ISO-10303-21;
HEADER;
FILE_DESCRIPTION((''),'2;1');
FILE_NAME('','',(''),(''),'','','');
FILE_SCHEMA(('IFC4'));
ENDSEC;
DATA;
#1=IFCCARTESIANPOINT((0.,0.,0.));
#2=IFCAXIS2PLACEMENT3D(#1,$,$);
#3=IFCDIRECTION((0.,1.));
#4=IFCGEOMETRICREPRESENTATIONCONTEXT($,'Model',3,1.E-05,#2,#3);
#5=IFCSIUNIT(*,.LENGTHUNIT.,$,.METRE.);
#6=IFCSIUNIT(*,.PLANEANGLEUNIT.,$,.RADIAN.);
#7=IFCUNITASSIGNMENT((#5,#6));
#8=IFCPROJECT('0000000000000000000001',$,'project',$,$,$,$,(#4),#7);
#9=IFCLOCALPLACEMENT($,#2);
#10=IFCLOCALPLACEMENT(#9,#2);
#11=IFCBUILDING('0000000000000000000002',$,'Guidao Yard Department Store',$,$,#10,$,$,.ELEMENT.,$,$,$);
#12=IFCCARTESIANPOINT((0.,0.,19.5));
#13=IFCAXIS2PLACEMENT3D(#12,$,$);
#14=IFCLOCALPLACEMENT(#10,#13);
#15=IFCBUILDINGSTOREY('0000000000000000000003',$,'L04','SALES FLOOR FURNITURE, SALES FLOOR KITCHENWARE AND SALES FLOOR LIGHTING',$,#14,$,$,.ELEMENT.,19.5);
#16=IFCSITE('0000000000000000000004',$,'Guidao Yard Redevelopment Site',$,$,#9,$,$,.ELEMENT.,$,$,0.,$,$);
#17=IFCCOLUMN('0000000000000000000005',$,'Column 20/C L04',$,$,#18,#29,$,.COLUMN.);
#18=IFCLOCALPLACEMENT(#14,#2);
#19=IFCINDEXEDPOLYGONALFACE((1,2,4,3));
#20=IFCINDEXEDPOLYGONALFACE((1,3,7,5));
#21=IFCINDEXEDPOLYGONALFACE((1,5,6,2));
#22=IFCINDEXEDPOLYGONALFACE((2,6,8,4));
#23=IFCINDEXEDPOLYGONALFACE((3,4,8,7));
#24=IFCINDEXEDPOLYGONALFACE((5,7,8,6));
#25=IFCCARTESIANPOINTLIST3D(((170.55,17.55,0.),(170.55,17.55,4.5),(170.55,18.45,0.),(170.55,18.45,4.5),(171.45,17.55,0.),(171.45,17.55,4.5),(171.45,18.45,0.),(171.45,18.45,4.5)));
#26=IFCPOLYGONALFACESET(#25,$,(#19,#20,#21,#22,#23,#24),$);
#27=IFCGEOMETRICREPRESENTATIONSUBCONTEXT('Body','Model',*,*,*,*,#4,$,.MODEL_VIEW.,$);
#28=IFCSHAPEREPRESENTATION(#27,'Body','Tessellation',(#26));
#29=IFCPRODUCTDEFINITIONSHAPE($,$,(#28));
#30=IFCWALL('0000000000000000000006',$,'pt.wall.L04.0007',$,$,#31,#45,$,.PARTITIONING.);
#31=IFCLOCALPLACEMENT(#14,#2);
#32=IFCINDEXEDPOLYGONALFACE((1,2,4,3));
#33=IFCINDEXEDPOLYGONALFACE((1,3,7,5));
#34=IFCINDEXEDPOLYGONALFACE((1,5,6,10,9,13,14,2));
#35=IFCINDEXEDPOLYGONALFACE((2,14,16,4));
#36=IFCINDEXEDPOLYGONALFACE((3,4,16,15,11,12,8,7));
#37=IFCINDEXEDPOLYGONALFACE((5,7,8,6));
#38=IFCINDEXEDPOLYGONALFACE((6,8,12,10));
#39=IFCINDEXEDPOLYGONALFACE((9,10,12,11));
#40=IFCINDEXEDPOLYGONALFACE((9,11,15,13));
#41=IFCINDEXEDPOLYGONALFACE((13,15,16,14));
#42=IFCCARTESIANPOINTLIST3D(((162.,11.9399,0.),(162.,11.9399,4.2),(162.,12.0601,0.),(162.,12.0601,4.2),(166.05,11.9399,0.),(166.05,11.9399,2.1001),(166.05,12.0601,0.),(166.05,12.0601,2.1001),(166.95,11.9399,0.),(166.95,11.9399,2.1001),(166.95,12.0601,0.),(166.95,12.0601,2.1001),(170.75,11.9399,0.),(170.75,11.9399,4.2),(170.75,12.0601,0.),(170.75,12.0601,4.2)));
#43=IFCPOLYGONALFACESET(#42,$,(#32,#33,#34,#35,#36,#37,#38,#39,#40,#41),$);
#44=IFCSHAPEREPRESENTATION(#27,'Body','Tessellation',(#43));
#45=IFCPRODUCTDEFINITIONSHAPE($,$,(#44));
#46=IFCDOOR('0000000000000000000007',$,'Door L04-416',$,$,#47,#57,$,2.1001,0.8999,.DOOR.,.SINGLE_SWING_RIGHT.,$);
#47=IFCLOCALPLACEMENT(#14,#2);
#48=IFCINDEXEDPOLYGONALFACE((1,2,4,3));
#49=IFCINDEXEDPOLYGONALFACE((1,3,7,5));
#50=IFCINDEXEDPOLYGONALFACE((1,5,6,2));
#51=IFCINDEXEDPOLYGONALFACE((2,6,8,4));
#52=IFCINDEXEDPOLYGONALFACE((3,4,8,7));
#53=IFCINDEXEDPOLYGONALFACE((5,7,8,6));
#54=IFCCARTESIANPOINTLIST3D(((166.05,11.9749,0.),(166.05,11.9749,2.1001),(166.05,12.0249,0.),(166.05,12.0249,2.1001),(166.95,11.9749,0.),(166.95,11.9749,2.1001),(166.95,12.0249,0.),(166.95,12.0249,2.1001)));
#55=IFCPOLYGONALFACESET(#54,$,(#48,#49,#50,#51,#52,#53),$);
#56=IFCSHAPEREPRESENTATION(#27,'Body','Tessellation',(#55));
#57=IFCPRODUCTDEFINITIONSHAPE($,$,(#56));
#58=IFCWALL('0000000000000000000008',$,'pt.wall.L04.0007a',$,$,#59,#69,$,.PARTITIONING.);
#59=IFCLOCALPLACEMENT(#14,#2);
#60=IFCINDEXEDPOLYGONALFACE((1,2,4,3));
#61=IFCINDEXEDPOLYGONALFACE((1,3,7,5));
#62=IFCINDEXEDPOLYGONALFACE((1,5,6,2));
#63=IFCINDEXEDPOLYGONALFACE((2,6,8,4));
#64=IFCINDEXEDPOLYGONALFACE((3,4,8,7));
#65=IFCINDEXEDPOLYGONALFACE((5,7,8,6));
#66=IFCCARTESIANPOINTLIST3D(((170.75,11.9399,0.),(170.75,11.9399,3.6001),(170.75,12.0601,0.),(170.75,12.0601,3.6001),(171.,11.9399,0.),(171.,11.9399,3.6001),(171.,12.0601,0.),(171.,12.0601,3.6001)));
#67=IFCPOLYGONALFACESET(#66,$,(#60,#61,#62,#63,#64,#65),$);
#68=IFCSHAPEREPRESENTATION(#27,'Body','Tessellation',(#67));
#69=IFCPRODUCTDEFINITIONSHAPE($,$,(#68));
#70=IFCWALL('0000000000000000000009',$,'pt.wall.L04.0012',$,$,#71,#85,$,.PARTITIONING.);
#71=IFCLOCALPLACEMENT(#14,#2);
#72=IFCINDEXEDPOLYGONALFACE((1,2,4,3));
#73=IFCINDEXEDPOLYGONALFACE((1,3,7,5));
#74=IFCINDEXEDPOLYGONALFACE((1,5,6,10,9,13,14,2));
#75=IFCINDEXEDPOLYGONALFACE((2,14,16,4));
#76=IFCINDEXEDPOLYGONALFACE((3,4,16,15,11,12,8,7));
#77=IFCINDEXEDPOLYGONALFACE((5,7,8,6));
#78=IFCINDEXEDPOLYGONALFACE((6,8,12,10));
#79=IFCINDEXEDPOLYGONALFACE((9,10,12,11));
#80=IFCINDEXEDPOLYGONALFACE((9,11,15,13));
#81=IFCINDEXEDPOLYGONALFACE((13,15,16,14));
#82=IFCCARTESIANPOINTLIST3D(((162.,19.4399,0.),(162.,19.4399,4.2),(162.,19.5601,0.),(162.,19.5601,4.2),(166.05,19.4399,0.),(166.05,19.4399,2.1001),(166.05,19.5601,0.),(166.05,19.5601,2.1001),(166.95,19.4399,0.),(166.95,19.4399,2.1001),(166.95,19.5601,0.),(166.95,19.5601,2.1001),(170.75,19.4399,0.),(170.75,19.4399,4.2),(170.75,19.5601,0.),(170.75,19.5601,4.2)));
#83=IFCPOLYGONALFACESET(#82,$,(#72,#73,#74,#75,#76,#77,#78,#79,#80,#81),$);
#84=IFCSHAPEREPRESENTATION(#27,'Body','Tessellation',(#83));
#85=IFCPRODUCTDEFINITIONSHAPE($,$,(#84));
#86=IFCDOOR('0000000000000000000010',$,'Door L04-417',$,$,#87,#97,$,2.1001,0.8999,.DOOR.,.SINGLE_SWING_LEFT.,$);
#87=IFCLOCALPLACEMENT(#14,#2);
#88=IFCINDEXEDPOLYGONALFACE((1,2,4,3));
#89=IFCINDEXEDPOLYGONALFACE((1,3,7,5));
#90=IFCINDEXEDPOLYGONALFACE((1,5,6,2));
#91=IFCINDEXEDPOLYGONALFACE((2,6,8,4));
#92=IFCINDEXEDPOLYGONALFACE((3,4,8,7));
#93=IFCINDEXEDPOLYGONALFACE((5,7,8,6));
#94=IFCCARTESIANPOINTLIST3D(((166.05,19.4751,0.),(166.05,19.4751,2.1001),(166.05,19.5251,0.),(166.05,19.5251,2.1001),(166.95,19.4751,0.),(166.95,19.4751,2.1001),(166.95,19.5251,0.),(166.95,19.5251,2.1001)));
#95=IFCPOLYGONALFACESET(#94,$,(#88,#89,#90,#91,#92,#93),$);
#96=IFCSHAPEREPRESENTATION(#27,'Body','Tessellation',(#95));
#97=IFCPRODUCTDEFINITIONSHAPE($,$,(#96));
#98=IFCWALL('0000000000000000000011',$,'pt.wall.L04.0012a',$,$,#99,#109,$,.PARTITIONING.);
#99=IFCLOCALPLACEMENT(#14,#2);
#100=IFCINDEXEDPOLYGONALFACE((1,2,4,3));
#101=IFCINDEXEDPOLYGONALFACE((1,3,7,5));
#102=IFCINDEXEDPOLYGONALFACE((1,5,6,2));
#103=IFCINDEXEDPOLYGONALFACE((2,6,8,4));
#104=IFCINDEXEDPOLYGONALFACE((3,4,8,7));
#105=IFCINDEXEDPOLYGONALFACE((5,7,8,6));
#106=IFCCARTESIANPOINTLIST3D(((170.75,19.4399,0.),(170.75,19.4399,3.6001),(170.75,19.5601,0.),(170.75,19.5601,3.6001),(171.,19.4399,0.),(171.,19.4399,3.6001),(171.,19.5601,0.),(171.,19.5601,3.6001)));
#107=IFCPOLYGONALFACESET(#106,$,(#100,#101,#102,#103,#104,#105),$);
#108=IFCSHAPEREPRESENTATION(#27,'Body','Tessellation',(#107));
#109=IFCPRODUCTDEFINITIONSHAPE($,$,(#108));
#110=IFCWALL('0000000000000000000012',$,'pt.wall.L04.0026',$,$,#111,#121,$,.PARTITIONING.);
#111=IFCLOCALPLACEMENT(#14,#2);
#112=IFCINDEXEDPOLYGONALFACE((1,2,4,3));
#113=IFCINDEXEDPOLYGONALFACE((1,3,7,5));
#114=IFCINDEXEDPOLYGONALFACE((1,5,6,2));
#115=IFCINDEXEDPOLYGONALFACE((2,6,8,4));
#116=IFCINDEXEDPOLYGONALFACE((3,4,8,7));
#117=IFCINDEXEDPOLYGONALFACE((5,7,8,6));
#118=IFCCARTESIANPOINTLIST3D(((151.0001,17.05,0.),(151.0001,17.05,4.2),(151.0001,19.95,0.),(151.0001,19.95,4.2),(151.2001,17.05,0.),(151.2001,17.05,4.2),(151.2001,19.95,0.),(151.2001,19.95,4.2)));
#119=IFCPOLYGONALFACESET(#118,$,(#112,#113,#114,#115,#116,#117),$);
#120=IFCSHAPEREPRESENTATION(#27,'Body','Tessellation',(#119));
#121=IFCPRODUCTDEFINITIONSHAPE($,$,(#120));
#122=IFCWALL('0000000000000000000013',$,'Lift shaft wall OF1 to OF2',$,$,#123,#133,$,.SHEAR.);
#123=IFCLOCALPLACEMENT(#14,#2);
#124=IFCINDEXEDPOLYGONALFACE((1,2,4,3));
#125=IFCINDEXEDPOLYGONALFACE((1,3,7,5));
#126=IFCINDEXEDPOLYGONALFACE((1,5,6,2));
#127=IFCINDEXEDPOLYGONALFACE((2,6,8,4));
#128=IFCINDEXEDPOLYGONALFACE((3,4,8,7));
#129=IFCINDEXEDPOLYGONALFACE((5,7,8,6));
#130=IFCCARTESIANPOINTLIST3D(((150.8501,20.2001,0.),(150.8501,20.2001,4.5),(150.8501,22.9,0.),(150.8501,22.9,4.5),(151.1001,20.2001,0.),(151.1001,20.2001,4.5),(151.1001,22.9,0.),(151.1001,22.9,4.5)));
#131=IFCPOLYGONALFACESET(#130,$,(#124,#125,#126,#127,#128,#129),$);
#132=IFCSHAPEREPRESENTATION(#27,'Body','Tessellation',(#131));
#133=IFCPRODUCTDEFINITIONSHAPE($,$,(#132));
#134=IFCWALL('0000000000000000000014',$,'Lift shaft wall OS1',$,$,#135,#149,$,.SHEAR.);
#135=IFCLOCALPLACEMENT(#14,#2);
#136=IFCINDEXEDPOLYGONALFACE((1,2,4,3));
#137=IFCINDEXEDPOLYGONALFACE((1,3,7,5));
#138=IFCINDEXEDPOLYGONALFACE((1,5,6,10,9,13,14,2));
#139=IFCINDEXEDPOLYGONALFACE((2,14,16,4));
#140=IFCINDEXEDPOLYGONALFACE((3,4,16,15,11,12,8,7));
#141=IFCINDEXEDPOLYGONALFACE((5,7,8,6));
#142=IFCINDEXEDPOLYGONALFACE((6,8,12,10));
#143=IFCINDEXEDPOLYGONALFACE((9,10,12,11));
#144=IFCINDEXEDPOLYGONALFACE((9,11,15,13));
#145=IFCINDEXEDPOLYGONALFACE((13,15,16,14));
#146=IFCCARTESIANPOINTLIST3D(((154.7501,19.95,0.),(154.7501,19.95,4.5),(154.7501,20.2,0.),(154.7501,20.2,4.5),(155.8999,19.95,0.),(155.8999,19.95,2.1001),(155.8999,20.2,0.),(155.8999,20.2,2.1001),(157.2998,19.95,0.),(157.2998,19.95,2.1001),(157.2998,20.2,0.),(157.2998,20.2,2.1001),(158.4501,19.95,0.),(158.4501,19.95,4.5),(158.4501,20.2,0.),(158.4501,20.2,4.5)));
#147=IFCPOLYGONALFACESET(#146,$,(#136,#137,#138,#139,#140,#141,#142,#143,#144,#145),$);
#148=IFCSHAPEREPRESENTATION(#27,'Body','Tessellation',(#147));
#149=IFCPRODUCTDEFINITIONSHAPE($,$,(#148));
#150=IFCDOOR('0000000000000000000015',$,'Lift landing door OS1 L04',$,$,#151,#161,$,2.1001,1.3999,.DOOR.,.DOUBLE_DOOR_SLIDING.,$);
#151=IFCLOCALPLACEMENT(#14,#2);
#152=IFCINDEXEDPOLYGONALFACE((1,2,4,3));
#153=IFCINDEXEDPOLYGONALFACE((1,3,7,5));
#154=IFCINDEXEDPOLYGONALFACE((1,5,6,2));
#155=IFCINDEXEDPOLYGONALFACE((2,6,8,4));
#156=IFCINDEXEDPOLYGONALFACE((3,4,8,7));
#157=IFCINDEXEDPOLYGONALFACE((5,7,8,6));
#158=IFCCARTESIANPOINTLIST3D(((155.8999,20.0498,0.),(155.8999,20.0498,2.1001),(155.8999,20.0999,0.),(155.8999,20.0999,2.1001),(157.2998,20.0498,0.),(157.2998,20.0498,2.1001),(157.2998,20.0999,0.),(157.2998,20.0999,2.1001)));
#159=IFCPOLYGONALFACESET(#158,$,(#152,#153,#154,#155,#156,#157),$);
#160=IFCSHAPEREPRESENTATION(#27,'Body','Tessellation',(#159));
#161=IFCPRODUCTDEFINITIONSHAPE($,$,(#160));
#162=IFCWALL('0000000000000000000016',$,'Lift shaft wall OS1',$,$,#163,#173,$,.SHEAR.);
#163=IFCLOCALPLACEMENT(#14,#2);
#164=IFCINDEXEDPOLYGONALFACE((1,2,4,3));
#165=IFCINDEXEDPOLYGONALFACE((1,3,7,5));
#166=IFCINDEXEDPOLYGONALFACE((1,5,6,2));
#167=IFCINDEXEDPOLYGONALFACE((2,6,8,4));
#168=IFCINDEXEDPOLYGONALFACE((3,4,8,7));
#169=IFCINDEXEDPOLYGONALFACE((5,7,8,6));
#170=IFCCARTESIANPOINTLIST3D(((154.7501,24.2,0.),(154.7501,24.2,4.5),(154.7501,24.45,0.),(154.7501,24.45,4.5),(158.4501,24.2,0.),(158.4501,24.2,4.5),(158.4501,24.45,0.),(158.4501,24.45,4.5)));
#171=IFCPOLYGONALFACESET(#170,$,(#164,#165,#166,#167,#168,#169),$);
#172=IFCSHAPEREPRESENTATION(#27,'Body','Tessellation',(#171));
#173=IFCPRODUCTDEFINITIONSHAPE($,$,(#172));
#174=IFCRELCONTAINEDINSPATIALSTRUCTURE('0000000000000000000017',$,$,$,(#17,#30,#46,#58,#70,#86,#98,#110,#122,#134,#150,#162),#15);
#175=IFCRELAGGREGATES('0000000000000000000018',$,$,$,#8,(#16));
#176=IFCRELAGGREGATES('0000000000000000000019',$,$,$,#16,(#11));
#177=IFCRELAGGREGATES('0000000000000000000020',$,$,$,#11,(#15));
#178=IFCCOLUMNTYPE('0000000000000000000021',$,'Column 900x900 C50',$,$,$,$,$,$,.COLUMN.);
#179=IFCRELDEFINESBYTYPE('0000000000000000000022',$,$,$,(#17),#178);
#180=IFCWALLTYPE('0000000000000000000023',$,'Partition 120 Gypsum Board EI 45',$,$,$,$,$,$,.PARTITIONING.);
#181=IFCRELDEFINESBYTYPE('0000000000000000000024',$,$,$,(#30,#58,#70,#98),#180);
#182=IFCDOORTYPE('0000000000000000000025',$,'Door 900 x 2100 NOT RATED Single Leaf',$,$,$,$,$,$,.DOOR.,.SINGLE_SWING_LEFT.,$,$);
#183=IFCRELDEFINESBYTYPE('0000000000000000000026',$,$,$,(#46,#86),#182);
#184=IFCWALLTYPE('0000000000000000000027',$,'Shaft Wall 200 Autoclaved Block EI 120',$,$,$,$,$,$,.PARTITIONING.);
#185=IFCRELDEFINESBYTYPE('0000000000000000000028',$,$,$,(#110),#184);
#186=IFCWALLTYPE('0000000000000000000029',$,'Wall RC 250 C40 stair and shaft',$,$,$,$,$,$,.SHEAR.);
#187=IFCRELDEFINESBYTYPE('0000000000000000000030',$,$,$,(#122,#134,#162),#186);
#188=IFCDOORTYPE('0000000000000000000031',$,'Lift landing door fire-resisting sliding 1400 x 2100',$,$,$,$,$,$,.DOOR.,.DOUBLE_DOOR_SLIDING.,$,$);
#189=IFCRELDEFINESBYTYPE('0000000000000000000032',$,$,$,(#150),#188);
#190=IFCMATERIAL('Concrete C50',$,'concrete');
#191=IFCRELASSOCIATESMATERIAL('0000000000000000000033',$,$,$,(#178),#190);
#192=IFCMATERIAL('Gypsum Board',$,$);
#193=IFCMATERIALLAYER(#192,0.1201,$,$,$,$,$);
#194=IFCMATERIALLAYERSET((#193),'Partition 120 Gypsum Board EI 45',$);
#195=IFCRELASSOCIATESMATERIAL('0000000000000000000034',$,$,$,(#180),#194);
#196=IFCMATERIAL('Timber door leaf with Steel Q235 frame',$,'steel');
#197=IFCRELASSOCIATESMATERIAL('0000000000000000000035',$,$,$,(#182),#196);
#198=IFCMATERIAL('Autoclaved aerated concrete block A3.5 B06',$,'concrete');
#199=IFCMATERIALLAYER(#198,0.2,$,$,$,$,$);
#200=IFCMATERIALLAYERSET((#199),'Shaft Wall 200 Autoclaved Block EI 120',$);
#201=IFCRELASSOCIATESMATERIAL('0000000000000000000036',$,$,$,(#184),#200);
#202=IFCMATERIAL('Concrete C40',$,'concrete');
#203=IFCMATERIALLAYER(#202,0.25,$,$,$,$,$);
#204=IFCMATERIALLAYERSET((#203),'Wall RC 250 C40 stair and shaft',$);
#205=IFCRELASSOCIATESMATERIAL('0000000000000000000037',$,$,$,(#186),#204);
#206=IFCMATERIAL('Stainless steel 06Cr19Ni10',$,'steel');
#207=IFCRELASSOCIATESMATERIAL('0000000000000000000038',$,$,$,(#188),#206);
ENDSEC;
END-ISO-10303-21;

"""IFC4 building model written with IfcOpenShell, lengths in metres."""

from ifc_helpers import new_model, si_unit, direction, frame, frame_2d, origin, origin_2d, place, context, subcontext, project, spatial, rectangle, extrude, material, layer, layer_set, material_profile, profile_set, type_object, element, fill, save


model = new_model("IFC4")

# Units and contexts
model_context = context("Model", 3, precision=1e-05, world=origin(), true_north=direction((0.0, 1.0)))
body_context = subcontext(model_context, "Body", "Model", "MODEL_VIEW")
ifc_project = project(units=[si_unit("LENGTHUNIT", "METRE"), si_unit("PLANEANGLEUNIT", "RADIAN")], contexts=[model_context])

# Site, building, storey
site_placement = place(None, origin())
site = spatial("IfcSite", under=ifc_project, at=site_placement, Name="Guidao Yard Redevelopment Site", CompositionType="ELEMENT", RefElevation=0.0)
building_placement = place(site_placement, origin())
building = spatial("IfcBuilding", under=site, at=building_placement, Name="Guidao Yard Department Store", CompositionType="ELEMENT")
storey_placement = place(building_placement, frame((0.0, 0.0, 19.5)))
storey = spatial("IfcBuildingStorey", under=building, at=storey_placement, Name="L04", Description="SALES FLOOR FURNITURE, SALES FLOOR KITCHENWARE AND SALES FLOOR LIGHTING", CompositionType="ELEMENT", Elevation=19.5)

# Column
ifc_material_1 = material(Name="Concrete C50", Category="concrete")
ifc_material_profile = material_profile(ifc_material_1, rectangle(XDim=0.8999, YDim=0.8999, at=origin_2d()), Name="COL 900x900")
ifc_profile_set = profile_set([ifc_material_profile], Name="Concrete C50")
column_type = type_object("IfcColumnType", Name="Column 900x900 C50", PredefinedType="COLUMN", material=ifc_profile_set)
column_placement = place(storey_placement, frame((171.0, 18.0, 0.0), z_axis=(0.0, 0.0, 1.0), x_axis=(1.0, 0.0, 0.0)))
element("IfcColumn", 1, at=column_placement, inside=storey, type_object=column_type, Name="Column 20/C L04", PredefinedType="COLUMN", context=body_context, shape_type="SweptSolid", body=[
    extrude(rectangle(XDim=0.8999, YDim=0.8999, at=origin_2d()), origin(), (0.0, 0.0, 1.0), 4.5),
])

# Wall, opening, door
ifc_material_2 = material(Name="Gypsum Board")
ifc_layer_1 = layer(ifc_material_2, 0.1201)
ifc_layer_set_1 = layer_set([ifc_layer_1], Name="Partition 120 Gypsum Board EI 45")
wall_type_1 = type_object("IfcWallType", Name="Partition 120 Gypsum Board EI 45", PredefinedType="PARTITIONING", material=ifc_layer_set_1)
wall_1_placement = place(storey_placement, frame((162.0, 12.0, 0.0), z_axis=(0.0, 0.0, 1.0), x_axis=(1.0, 0.0, 0.0)))
wall_1 = element("IfcWall", 2, at=wall_1_placement, inside=storey, type_object=wall_type_1, Name="pt.wall.L04.0007", PredefinedType="PARTITIONING", context=body_context, shape_type="SweptSolid", body=[
    extrude(rectangle(XDim=8.75, YDim=0.1201, at=frame_2d((4.375, 0.0))), origin(), (0.0, 0.0, 1.0), 4.2),
])
opening_1_placement = place(wall_1_placement, frame((4.05, 0.0, 0.0)))
opening_1 = element("IfcOpeningElement", 3, at=opening_1_placement, cuts=wall_1, PredefinedType="OPENING", context=body_context, shape_type="SweptSolid", body=[
    extrude(rectangle(XDim=0.8999, YDim=2.1001, at=frame_2d((0.45, 1.05))), frame((0.0, 0.0701, 0.0), z_axis=(0.0, -1.0, 0.0), x_axis=(1.0, 0.0, 0.0)), (0.0, 0.0, 1.0), 0.1401),
])
ifc_material_3 = material(Name="Timber door leaf with Steel Q235 frame", Category="steel")
door_type_1 = type_object("IfcDoorType", Name="Door 900 x 2100 NOT RATED Single Leaf", OperationType="SINGLE_SWING_LEFT", PredefinedType="DOOR", material=ifc_material_3)
door_1_placement = place(opening_1_placement, origin())
door_1 = element("IfcDoor", 4, at=door_1_placement, inside=storey, type_object=door_type_1, Name="Door L04-416", OperationType="SINGLE_SWING_RIGHT", OverallHeight=2.1001, OverallWidth=0.8999, PredefinedType="DOOR", context=body_context, shape_type="SweptSolid", body=[
    extrude(rectangle(XDim=0.8999, YDim=2.1001, at=frame_2d((0.45, 1.05))), frame((0.0, 0.0249, 0.0), z_axis=(0.0, -1.0, 0.0), x_axis=(1.0, 0.0, 0.0)), (0.0, 0.0, 1.0), 0.05),
])
fill(opening_1, door_1)

# Wall
wall_2_placement = place(storey_placement, frame((170.75, 12.0, 0.0), z_axis=(0.0, 0.0, 1.0), x_axis=(1.0, 0.0, 0.0)))
element("IfcWall", 5, at=wall_2_placement, inside=storey, type_object=wall_type_1, Name="pt.wall.L04.0007a", PredefinedType="PARTITIONING", context=body_context, shape_type="SweptSolid", body=[
    extrude(rectangle(XDim=0.25, YDim=0.1201, at=frame_2d((0.125, 0.0))), origin(), (0.0, 0.0, 1.0), 3.6001),
])

# Wall, opening, door
wall_3_placement = place(storey_placement, frame((162.0, 19.5, 0.0), z_axis=(0.0, 0.0, 1.0), x_axis=(1.0, 0.0, 0.0)))
wall_3 = element("IfcWall", 6, at=wall_3_placement, inside=storey, type_object=wall_type_1, Name="pt.wall.L04.0012", PredefinedType="PARTITIONING", context=body_context, shape_type="SweptSolid", body=[
    extrude(rectangle(XDim=8.75, YDim=0.1201, at=frame_2d((4.375, 0.0))), origin(), (0.0, 0.0, 1.0), 4.2),
])
opening_2_placement = place(wall_3_placement, frame((4.95, 0.0, 0.0), z_axis=(0.0, 0.0, 1.0), x_axis=(-1.0, 0.0, 0.0)))
opening_2 = element("IfcOpeningElement", 7, at=opening_2_placement, cuts=wall_3, PredefinedType="OPENING", context=body_context, shape_type="SweptSolid", body=[
    extrude(rectangle(XDim=0.8999, YDim=2.1001, at=frame_2d((0.45, 1.05))), frame((0.0, 0.0701, 0.0), z_axis=(0.0, -1.0, 0.0), x_axis=(1.0, 0.0, 0.0)), (0.0, 0.0, 1.0), 0.1401),
])
door_2_placement = place(opening_2_placement, origin())
door_2 = element("IfcDoor", 8, at=door_2_placement, inside=storey, type_object=door_type_1, Name="Door L04-417", OperationType="SINGLE_SWING_LEFT", OverallHeight=2.1001, OverallWidth=0.8999, PredefinedType="DOOR", context=body_context, shape_type="SweptSolid", body=[
    extrude(rectangle(XDim=0.8999, YDim=2.1001, at=frame_2d((0.45, 1.05))), frame((0.0, 0.0249, 0.0), z_axis=(0.0, -1.0, 0.0), x_axis=(1.0, 0.0, 0.0)), (0.0, 0.0, 1.0), 0.05),
])
fill(opening_2, door_2)

# Walls
wall_4_placement = place(storey_placement, frame((170.75, 19.5, 0.0), z_axis=(0.0, 0.0, 1.0), x_axis=(1.0, 0.0, 0.0)))
element("IfcWall", 9, at=wall_4_placement, inside=storey, type_object=wall_type_1, Name="pt.wall.L04.0012a", PredefinedType="PARTITIONING", context=body_context, shape_type="SweptSolid", body=[
    extrude(rectangle(XDim=0.25, YDim=0.1201, at=frame_2d((0.125, 0.0))), origin(), (0.0, 0.0, 1.0), 3.6001),
])
ifc_material_4 = material(Name="Autoclaved aerated concrete block A3.5 B06", Category="concrete")
ifc_layer_2 = layer(ifc_material_4, 0.2)
ifc_layer_set_2 = layer_set([ifc_layer_2], Name="Shaft Wall 200 Autoclaved Block EI 120")
wall_type_2 = type_object("IfcWallType", Name="Shaft Wall 200 Autoclaved Block EI 120", PredefinedType="PARTITIONING", material=ifc_layer_set_2)
wall_5_placement = place(storey_placement, frame((151.1001, 17.05, 0.0), z_axis=(0.0, 0.0, 1.0), x_axis=(0.0, 1.0, 0.0)))
element("IfcWall", 10, at=wall_5_placement, inside=storey, type_object=wall_type_2, Name="pt.wall.L04.0026", PredefinedType="PARTITIONING", context=body_context, shape_type="SweptSolid", body=[
    extrude(rectangle(XDim=2.8999, YDim=0.2, at=frame_2d((1.45, 0.0))), origin(), (0.0, 0.0, 1.0), 4.2),
])
ifc_material_5 = material(Name="Concrete C40", Category="concrete")
ifc_layer_3 = layer(ifc_material_5, 0.25)
ifc_layer_set_3 = layer_set([ifc_layer_3], Name="Wall RC 250 C40 stair and shaft")
wall_type_3 = type_object("IfcWallType", Name="Wall RC 250 C40 stair and shaft", PredefinedType="SHEAR", material=ifc_layer_set_3)
wall_6_placement = place(storey_placement, frame((150.9751, 20.2, 0.0), z_axis=(0.0, 0.0, 1.0), x_axis=(0.0, 1.0, 0.0)))
element("IfcWall", 11, at=wall_6_placement, inside=storey, type_object=wall_type_3, Name="Lift shaft wall OF1 to OF2", PredefinedType="SHEAR", context=body_context, shape_type="SweptSolid", body=[
    extrude(rectangle(XDim=2.7, YDim=0.25, at=frame_2d((1.3501, 0.0))), origin(), (0.0, 0.0, 1.0), 4.5),
])

# Wall, opening, door
wall_7_placement = place(storey_placement, frame((154.75, 20.075, 0.0), z_axis=(0.0, 0.0, 1.0), x_axis=(1.0, 0.0, 0.0)))
wall_7 = element("IfcWall", 12, at=wall_7_placement, inside=storey, type_object=wall_type_3, Name="Lift shaft wall OS1", PredefinedType="SHEAR", context=body_context, shape_type="SweptSolid", body=[
    extrude(rectangle(XDim=3.7, YDim=0.25, at=frame_2d((1.8501, 0.0))), origin(), (0.0, 0.0, 1.0), 4.5),
])
opening_3_placement = place(wall_7_placement, frame((1.1499, 0.0, 0.0)))
opening_3 = element("IfcOpeningElement", 13, at=opening_3_placement, cuts=wall_7, PredefinedType="OPENING", context=body_context, shape_type="SweptSolid", body=[
    extrude(rectangle(XDim=1.3999, YDim=2.1001, at=frame_2d((0.7, 1.05))), frame((0.0, 0.135, 0.0), z_axis=(0.0, -1.0, 0.0), x_axis=(1.0, 0.0, 0.0)), (0.0, 0.0, 1.0), 0.27),
])
ifc_material_6 = material(Name="Stainless steel 06Cr19Ni10", Category="steel")
door_type_2 = type_object("IfcDoorType", Name="Lift landing door fire-resisting sliding 1400 x 2100", OperationType="DOUBLE_DOOR_SLIDING", PredefinedType="DOOR", material=ifc_material_6)
door_3_placement = place(opening_3_placement, origin())
door_3 = element("IfcDoor", 14, at=door_3_placement, inside=storey, type_object=door_type_2, Name="Lift landing door OS1 L04", OperationType="DOUBLE_DOOR_SLIDING", OverallHeight=2.1001, OverallWidth=1.3999, PredefinedType="DOOR", context=body_context, shape_type="SweptSolid", body=[
    extrude(rectangle(XDim=1.3999, YDim=2.1001, at=frame_2d((0.7, 1.05))), frame((0.0, 0.0249, 0.0), z_axis=(0.0, -1.0, 0.0), x_axis=(1.0, 0.0, 0.0)), (0.0, 0.0, 1.0), 0.05),
])
fill(opening_3, door_3)

# Wall
wall_8_placement = place(storey_placement, frame((154.75, 24.325, 0.0), z_axis=(0.0, 0.0, 1.0), x_axis=(1.0, 0.0, 0.0)))
element("IfcWall", 15, at=wall_8_placement, inside=storey, type_object=wall_type_3, Name="Lift shaft wall OS1", PredefinedType="SHEAR", context=body_context, shape_type="SweptSolid", body=[
    extrude(rectangle(XDim=3.7, YDim=0.25, at=frame_2d((1.8501, 0.0))), origin(), (0.0, 0.0, 1.0), 4.5),
])

save(model, "model.ifc")
